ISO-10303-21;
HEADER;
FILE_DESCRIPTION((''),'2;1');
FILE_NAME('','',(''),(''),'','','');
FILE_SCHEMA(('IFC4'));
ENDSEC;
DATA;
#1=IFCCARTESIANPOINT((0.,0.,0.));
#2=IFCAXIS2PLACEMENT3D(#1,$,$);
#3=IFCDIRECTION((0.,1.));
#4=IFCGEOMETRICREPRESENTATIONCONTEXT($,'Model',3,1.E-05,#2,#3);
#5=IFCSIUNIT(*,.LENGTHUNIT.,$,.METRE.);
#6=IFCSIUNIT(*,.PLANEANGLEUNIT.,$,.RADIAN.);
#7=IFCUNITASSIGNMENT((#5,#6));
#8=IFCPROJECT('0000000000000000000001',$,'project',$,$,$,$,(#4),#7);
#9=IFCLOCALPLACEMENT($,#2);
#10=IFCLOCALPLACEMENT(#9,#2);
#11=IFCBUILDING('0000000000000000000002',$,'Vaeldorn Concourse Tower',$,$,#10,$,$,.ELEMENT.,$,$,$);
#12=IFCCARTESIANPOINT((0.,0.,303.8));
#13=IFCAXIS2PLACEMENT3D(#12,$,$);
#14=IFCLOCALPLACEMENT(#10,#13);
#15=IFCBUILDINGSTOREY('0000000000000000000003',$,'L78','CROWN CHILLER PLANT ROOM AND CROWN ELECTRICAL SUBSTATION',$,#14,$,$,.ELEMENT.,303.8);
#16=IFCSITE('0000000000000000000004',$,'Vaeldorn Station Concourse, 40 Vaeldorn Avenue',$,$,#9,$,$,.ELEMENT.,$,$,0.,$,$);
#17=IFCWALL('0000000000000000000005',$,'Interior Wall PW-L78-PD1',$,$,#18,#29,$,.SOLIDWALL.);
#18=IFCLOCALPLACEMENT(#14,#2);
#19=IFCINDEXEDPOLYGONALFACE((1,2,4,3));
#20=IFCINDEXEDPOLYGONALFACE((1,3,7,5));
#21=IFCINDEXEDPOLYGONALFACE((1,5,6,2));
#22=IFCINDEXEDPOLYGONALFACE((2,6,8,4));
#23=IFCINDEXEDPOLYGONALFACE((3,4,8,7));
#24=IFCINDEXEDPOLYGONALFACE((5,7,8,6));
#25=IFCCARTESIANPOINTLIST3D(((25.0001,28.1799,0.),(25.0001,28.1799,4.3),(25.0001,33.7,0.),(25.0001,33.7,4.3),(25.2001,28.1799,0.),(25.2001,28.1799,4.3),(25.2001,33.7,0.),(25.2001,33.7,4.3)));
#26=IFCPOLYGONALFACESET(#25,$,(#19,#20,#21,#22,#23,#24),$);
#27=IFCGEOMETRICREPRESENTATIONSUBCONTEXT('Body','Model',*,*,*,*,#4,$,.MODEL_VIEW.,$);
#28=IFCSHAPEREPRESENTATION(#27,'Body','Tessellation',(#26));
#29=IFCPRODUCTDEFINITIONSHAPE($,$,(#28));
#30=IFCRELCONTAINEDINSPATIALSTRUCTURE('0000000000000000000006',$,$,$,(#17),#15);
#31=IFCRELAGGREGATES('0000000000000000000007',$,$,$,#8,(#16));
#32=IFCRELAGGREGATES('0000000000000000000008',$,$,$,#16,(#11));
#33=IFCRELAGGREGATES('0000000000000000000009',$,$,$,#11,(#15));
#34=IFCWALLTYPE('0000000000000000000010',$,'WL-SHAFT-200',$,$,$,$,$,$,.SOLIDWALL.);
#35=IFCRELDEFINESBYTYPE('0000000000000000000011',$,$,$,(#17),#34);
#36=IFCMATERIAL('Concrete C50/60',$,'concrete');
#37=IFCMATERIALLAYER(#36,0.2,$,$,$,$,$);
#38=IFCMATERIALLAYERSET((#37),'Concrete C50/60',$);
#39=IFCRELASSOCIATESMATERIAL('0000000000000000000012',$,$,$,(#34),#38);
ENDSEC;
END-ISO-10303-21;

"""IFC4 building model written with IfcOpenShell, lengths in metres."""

from ifc_helpers import new_model, si_unit, direction, frame, frame_2d, origin, place, context, subcontext, project, spatial, rectangle, extrude, material, layer, layer_set, type_object, element, save


model = new_model("IFC4")

# Units and contexts
model_context = context("Model", 3, precision=1e-05, world=origin(), true_north=direction((0.0, 1.0)))
body_context = subcontext(model_context, "Body", "Model", "MODEL_VIEW")
ifc_project = project(units=[si_unit("LENGTHUNIT", "METRE"), si_unit("PLANEANGLEUNIT", "RADIAN")], contexts=[model_context])

# Site, building, storey
site_placement = place(None, origin())
site = spatial("IfcSite", under=ifc_project, at=site_placement, Name="Vaeldorn Station Concourse, 40 Vaeldorn Avenue", CompositionType="ELEMENT", RefElevation=0.0)
building_placement = place(site_placement, origin())
building = spatial("IfcBuilding", under=site, at=building_placement, Name="Vaeldorn Concourse Tower", CompositionType="ELEMENT")
storey_placement = place(building_placement, frame((0.0, 0.0, 303.8)))
storey = spatial("IfcBuildingStorey", under=building, at=storey_placement, Name="L78", Description="CROWN CHILLER PLANT ROOM AND CROWN ELECTRICAL SUBSTATION", CompositionType="ELEMENT", Elevation=303.8)

# Wall
ifc_material_1 = material(Name="Concrete C50/60", Category="concrete")
ifc_layer_1 = layer(ifc_material_1, 0.2)
ifc_layer_set_1 = layer_set([ifc_layer_1], Name="Concrete C50/60")
wall_type = type_object("IfcWallType", Name="WL-SHAFT-200", PredefinedType="SOLIDWALL", material=ifc_layer_set_1)
wall_placement = place(storey_placement, frame((25.1001, 28.1799, 0.0), z_axis=(0.0, 0.0, 1.0), x_axis=(0.0, 1.0, 0.0)))
element("IfcWall", 1, at=wall_placement, inside=storey, type_object=wall_type, Name="Interior Wall PW-L78-PD1", PredefinedType="SOLIDWALL", context=body_context, shape_type="SweptSolid", body=[
    extrude(rectangle(XDim=5.52, YDim=0.2, at=frame_2d((2.76, 0.0))), origin(), (0.0, 0.0, 1.0), 4.3),
])

save(model, "model.ifc")
